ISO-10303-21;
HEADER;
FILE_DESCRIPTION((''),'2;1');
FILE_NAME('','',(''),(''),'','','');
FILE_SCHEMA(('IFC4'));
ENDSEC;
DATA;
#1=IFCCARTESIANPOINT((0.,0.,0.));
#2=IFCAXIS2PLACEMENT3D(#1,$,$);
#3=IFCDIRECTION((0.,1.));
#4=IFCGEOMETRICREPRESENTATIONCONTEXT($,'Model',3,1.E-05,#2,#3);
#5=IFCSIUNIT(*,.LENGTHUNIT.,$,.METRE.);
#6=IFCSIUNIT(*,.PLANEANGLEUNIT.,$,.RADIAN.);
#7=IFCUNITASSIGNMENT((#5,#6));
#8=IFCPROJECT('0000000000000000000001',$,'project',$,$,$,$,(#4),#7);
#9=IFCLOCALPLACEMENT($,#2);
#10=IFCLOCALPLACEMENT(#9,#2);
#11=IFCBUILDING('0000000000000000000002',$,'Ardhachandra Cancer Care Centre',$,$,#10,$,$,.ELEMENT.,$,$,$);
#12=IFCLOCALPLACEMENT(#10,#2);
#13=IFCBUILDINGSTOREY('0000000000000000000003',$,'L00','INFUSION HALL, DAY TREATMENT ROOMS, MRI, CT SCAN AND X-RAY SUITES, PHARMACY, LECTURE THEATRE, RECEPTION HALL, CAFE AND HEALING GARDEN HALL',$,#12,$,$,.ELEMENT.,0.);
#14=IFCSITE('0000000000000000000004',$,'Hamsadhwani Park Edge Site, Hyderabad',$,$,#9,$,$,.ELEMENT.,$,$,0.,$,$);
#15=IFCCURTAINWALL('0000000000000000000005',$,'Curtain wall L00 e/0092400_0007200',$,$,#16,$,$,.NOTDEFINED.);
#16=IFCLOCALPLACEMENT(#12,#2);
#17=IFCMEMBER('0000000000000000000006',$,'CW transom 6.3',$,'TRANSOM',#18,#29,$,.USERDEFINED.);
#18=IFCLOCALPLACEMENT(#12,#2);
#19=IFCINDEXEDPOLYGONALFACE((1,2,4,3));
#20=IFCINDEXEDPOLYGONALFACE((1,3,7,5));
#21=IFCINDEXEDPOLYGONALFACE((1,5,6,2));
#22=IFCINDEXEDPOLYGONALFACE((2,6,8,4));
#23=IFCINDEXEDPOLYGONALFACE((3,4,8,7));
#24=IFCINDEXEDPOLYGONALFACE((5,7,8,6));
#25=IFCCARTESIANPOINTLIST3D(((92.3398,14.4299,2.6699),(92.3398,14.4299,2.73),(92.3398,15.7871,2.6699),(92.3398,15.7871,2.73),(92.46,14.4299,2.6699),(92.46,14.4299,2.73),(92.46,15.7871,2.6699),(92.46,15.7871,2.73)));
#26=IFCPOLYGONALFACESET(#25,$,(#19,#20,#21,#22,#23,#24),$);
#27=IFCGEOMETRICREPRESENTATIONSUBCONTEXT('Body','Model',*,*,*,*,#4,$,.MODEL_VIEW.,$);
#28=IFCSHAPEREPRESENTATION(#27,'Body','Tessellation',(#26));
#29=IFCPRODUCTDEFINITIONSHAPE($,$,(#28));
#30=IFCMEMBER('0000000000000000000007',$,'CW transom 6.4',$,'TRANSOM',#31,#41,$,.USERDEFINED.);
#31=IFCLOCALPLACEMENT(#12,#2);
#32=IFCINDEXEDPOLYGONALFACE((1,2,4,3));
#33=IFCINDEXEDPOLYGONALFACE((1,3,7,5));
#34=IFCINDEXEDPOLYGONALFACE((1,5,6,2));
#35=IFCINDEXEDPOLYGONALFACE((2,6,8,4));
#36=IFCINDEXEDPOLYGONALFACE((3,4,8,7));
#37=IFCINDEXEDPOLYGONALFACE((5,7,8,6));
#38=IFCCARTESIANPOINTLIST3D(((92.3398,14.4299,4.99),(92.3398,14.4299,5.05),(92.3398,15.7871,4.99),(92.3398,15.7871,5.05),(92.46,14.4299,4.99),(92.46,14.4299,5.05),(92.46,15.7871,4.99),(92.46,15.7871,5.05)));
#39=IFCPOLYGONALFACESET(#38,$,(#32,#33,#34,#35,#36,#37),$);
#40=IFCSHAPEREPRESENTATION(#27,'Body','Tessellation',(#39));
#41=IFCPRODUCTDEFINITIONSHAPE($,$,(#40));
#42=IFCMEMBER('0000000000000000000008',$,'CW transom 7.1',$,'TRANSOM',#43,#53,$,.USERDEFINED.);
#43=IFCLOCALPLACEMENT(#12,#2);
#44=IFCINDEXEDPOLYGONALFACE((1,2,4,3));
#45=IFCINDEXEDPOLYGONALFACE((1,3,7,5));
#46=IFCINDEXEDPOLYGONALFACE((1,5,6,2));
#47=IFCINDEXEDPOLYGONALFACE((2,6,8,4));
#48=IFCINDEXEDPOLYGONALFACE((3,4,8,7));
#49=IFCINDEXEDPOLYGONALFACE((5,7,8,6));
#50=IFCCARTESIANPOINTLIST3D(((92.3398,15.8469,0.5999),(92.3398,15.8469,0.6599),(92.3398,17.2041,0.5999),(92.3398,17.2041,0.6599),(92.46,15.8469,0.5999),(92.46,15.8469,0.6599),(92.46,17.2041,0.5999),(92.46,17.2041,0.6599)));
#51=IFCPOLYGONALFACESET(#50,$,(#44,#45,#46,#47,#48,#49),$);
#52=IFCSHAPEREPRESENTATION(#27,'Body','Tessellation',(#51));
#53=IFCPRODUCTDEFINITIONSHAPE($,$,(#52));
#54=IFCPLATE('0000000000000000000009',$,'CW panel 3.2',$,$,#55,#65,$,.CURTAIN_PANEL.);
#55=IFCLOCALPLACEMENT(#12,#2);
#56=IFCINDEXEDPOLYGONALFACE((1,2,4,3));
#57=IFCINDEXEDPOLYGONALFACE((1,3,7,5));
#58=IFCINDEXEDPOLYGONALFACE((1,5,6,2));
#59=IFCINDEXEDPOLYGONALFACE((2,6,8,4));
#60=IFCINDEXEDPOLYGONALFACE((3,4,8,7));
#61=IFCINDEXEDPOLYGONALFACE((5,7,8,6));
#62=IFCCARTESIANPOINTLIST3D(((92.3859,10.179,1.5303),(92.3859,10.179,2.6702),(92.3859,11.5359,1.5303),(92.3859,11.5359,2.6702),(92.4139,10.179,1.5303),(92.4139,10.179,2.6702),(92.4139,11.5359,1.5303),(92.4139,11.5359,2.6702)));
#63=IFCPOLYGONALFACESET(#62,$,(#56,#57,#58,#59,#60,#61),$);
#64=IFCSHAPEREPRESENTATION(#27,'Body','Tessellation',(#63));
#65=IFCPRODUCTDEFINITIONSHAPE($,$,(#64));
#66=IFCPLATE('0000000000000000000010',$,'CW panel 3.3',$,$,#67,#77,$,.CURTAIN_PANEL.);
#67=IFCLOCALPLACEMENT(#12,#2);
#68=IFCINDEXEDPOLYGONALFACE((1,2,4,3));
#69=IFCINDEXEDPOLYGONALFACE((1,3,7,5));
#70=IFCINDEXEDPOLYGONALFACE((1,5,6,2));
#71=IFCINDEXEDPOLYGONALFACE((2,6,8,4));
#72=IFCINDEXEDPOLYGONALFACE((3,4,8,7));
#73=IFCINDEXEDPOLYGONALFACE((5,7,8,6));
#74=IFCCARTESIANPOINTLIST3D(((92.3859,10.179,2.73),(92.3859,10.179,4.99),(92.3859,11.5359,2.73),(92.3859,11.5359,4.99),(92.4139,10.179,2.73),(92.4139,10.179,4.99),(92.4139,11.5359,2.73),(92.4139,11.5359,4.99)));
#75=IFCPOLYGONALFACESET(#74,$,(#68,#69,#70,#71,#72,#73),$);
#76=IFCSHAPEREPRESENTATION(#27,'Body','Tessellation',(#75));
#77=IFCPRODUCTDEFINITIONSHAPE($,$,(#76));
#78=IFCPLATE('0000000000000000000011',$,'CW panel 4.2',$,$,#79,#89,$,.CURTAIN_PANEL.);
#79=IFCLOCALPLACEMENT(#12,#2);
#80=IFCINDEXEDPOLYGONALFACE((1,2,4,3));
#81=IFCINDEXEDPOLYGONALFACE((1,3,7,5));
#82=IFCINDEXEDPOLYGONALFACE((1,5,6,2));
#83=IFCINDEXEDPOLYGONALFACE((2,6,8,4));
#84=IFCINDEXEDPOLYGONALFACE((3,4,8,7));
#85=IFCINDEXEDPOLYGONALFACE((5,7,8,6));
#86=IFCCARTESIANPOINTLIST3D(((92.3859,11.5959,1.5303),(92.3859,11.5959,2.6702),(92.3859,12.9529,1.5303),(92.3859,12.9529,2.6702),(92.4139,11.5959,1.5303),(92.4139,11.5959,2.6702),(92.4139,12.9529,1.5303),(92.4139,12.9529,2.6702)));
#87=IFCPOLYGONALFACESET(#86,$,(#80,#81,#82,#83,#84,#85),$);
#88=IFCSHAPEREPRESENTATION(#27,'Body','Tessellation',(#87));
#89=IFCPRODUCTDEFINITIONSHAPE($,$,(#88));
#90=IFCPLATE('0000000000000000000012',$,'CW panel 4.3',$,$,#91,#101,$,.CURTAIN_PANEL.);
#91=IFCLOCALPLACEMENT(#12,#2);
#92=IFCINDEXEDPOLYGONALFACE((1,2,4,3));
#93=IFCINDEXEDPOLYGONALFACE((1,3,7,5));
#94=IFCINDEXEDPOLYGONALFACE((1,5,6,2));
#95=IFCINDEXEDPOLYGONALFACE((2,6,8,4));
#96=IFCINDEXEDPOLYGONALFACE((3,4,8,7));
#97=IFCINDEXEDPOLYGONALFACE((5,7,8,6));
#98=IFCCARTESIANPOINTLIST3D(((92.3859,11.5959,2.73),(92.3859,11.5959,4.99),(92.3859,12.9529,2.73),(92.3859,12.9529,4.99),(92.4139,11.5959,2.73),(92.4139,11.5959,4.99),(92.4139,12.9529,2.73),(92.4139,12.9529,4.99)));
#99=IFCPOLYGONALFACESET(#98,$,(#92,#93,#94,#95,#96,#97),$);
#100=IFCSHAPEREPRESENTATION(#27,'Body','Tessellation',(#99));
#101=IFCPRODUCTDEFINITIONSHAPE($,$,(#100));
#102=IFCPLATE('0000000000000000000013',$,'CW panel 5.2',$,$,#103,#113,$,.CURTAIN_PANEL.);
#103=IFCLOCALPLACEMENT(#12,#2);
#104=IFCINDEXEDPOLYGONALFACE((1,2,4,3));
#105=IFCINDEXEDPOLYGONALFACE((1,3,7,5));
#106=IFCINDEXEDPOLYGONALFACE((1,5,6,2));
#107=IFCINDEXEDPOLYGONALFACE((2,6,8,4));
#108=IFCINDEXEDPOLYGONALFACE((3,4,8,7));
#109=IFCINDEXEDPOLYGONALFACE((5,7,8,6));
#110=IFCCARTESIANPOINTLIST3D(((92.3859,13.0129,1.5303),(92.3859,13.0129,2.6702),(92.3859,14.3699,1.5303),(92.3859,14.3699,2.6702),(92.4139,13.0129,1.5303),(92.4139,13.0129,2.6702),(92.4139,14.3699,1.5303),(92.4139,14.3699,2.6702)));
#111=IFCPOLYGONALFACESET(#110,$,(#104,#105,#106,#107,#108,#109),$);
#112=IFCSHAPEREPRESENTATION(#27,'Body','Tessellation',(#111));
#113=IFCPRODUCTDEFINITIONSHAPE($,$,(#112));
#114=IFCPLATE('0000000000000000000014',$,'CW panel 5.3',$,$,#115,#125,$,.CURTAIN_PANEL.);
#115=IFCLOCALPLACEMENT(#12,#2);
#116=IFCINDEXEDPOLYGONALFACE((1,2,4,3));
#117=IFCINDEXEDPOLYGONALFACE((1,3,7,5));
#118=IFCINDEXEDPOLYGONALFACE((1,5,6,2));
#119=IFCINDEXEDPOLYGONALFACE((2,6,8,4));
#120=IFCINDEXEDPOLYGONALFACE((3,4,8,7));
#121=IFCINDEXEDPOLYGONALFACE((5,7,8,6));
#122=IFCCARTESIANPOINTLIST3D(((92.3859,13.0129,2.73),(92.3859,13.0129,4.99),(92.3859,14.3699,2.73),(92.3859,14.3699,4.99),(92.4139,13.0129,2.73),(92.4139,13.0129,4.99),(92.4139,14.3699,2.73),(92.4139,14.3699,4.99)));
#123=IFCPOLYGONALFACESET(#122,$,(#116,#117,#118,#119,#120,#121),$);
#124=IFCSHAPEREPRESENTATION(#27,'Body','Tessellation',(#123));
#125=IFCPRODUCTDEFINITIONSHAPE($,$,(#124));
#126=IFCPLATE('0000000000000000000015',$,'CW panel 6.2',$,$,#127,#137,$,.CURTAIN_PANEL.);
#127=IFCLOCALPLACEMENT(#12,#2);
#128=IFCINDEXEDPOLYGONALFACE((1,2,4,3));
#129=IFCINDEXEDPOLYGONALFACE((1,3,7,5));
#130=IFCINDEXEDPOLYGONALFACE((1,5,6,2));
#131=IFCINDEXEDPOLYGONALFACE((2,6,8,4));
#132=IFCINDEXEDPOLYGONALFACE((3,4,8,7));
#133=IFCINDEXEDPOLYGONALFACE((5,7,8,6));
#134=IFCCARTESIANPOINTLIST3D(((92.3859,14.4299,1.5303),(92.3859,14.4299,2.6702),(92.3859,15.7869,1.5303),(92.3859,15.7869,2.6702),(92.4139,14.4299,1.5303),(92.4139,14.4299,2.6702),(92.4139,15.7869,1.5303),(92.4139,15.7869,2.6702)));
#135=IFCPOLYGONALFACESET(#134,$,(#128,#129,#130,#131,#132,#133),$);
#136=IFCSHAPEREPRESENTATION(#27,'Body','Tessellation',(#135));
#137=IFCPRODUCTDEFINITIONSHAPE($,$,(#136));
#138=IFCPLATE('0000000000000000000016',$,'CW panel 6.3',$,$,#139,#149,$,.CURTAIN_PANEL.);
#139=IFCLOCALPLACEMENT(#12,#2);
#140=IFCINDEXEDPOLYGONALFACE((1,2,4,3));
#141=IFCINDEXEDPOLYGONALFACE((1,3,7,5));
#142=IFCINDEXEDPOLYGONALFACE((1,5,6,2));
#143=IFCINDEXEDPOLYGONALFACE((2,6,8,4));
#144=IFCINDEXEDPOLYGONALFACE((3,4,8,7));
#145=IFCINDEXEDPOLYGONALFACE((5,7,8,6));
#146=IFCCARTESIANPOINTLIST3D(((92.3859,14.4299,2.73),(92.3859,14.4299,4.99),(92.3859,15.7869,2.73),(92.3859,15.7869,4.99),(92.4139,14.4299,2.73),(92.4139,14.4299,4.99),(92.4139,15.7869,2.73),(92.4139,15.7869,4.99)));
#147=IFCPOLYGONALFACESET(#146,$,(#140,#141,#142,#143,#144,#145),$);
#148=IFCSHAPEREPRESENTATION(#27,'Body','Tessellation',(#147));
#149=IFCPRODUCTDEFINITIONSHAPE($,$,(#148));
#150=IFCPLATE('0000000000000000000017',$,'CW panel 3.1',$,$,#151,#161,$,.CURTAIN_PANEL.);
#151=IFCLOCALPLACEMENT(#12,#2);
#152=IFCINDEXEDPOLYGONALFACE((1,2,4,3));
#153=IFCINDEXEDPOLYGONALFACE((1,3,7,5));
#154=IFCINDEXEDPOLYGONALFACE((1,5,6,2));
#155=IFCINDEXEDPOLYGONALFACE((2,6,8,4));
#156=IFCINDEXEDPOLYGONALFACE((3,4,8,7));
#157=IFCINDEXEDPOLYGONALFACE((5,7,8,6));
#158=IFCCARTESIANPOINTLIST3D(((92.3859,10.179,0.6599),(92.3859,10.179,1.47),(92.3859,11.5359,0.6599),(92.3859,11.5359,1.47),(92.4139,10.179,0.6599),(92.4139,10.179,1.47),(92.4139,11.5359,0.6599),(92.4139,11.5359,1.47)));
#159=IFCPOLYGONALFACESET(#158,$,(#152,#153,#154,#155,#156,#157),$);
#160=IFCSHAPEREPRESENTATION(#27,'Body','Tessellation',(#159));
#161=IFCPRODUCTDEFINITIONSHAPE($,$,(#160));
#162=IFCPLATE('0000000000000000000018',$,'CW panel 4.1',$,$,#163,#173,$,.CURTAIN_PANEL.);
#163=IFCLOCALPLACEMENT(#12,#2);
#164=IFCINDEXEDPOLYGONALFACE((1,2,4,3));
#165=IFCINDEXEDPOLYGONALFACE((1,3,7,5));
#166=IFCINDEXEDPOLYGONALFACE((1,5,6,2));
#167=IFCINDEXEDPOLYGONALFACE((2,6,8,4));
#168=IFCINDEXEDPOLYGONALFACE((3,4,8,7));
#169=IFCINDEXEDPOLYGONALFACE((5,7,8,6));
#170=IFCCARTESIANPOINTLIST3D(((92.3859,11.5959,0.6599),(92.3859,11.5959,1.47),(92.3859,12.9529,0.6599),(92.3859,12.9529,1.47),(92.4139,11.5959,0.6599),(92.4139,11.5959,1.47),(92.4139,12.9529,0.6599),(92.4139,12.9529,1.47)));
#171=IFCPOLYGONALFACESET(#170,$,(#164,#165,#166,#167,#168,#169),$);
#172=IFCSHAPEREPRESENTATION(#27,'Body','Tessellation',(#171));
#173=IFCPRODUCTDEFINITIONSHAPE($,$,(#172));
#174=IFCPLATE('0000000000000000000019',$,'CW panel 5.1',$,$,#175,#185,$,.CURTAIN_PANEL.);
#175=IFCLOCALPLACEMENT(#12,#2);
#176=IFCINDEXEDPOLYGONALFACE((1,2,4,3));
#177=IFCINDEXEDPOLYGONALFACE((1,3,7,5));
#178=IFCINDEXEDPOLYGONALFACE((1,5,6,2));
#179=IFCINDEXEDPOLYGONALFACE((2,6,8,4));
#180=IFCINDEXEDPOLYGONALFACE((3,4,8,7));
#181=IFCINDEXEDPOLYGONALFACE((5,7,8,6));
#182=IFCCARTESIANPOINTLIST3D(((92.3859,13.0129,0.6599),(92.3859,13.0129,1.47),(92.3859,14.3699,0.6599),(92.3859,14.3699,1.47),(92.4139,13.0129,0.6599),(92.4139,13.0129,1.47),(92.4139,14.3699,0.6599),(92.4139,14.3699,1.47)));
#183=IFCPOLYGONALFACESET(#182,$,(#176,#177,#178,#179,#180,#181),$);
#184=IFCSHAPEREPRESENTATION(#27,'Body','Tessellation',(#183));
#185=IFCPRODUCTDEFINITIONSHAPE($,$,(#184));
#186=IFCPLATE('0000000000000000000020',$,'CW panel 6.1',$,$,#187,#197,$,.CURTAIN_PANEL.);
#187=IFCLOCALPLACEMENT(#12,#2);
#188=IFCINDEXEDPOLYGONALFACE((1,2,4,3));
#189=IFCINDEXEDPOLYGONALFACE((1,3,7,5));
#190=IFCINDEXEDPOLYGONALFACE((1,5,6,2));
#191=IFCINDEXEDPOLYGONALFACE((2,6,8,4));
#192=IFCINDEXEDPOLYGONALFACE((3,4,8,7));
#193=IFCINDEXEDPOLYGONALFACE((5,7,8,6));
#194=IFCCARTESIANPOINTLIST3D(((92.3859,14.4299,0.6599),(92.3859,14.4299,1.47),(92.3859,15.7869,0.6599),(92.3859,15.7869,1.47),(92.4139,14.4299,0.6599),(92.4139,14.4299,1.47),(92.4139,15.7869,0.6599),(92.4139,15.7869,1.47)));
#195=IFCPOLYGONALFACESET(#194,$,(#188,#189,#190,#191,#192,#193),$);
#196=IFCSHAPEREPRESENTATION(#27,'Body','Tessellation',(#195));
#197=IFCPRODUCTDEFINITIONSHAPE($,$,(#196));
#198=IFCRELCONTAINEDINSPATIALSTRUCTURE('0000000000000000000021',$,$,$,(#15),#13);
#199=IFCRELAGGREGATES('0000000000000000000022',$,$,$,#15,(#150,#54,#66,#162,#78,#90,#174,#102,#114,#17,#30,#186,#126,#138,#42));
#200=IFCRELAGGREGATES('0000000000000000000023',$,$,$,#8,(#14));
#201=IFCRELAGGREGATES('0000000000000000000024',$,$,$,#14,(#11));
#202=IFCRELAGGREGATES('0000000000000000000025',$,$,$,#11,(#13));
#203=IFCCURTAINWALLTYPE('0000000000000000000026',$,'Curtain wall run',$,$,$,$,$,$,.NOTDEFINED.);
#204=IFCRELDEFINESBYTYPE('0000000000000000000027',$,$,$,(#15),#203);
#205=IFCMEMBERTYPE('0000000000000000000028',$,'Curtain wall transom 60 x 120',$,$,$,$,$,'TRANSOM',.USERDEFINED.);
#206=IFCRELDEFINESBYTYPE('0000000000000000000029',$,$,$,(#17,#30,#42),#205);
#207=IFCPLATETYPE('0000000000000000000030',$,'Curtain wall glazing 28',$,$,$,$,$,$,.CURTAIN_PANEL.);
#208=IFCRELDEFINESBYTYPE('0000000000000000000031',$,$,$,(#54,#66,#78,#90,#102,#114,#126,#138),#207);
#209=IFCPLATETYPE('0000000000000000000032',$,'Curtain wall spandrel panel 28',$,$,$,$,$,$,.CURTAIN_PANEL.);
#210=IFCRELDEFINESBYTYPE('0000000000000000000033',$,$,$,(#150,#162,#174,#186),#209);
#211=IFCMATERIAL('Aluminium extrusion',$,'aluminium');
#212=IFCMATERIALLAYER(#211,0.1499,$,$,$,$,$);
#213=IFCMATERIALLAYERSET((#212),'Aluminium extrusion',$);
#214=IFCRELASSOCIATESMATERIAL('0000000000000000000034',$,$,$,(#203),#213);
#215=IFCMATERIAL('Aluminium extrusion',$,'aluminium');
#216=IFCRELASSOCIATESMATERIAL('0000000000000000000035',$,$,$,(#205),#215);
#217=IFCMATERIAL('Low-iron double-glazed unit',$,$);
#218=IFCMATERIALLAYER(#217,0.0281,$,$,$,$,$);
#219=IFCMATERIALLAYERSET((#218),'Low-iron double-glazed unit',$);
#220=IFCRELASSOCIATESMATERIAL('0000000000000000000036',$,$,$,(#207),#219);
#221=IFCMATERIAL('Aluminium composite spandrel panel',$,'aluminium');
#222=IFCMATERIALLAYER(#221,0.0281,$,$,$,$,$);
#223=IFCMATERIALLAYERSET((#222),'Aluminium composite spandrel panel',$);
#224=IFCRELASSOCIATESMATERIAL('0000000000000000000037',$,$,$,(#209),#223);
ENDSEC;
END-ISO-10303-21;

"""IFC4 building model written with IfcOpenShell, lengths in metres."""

from ifc_helpers import new_model, si_unit, direction, frame, origin, origin_2d, place, context, subcontext, project, spatial, rectangle, extrude, material, layer, layer_set, material_profile, profile_set, type_object, element, aggregate, save


model = new_model("IFC4")

# Units and contexts
model_context = context("Model", 3, precision=1e-05, world=origin(), true_north=direction((0.0, 1.0)))
body_context = subcontext(model_context, "Body", "Model", "MODEL_VIEW")
ifc_project = project(units=[si_unit("LENGTHUNIT", "METRE"), si_unit("PLANEANGLEUNIT", "RADIAN")], contexts=[model_context])

# Site, building, storey
site_placement = place(None, origin())
site = spatial("IfcSite", under=ifc_project, at=site_placement, Name="Hamsadhwani Park Edge Site, Hyderabad", CompositionType="ELEMENT", RefElevation=0.0)
building_placement = place(site_placement, origin())
building = spatial("IfcBuilding", under=site, at=building_placement, Name="Ardhachandra Cancer Care Centre", CompositionType="ELEMENT")
storey_placement = place(building_placement, origin())
storey = spatial("IfcBuildingStorey", under=building, at=storey_placement, Name="L00", Description="INFUSION HALL, DAY TREATMENT ROOMS, MRI, CT SCAN AND X-RAY SUITES, PHARMACY, LECTURE THEATRE, RECEPTION HALL, CAFE AND HEALING GARDEN HALL", CompositionType="ELEMENT", Elevation=0.0)

# Curtain wall, members, plates
ifc_material_1 = material(Name="Aluminium extrusion", Category="aluminium")
ifc_layer_1 = layer(ifc_material_1, 0.1499)
ifc_layer_set_1 = layer_set([ifc_layer_1], Name="Aluminium extrusion")
curtain_wall_type = type_object("IfcCurtainWallType", Name="Curtain wall run", PredefinedType="NOTDEFINED", material=ifc_layer_set_1)
curtain_wall_placement = place(storey_placement, origin())
curtain_wall = element("IfcCurtainWall", 1, at=curtain_wall_placement, inside=storey, type_object=curtain_wall_type, Name="Curtain wall L00 e/0092400_0007200", PredefinedType="NOTDEFINED")
ifc_material_2 = material(Name="Aluminium extrusion", Category="aluminium")
ifc_material_profile_1 = material_profile(ifc_material_2, rectangle(XDim=0.1201, YDim=0.0601, at=origin_2d()), Name="Curtain wall transom 60 x 120")
ifc_profile_set_1 = profile_set([ifc_material_profile_1], Name="Aluminium extrusion")
member_type_1 = type_object("IfcMemberType", Name="Curtain wall transom 60 x 120", ElementType="TRANSOM", PredefinedType="USERDEFINED", material=ifc_profile_set_1)
member_1_placement = place(storey_placement, frame((92.3999, 14.4299, 2.7), z_axis=(0.0, 1.0, 0.0), x_axis=(-1.0, 0.0, 0.0)))
member_1 = element("IfcMember", 2, at=member_1_placement, type_object=member_type_1, Name="CW transom 6.3", ObjectType="TRANSOM", PredefinedType="USERDEFINED", context=body_context, shape_type="SweptSolid", body=[
    extrude(rectangle(XDim=0.1201, YDim=0.0601, at=origin_2d()), origin(), (0.0, 0.0, 1.0), 1.3572),
])
member_2_placement = place(storey_placement, frame((92.3999, 14.4299, 5.02), z_axis=(0.0, 1.0, 0.0), x_axis=(-1.0, 0.0, 0.0)))
member_2 = element("IfcMember", 3, at=member_2_placement, type_object=member_type_1, Name="CW transom 6.4", ObjectType="TRANSOM", PredefinedType="USERDEFINED", context=body_context, shape_type="SweptSolid", body=[
    extrude(rectangle(XDim=0.1201, YDim=0.0601, at=origin_2d()), origin(), (0.0, 0.0, 1.0), 1.3572),
])
member_3_placement = place(storey_placement, frame((92.3999, 15.8469, 0.6299), z_axis=(0.0, 1.0, 0.0), x_axis=(-1.0, 0.0, 0.0)))
member_3 = element("IfcMember", 4, at=member_3_placement, type_object=member_type_1, Name="CW transom 7.1", ObjectType="TRANSOM", PredefinedType="USERDEFINED", context=body_context, shape_type="SweptSolid", body=[
    extrude(rectangle(XDim=0.1201, YDim=0.0601, at=origin_2d()), origin(), (0.0, 0.0, 1.0), 1.3572),
])
ifc_material_3 = material(Name="Low-iron double-glazed unit")
ifc_layer_2 = layer(ifc_material_3, 0.0281)
ifc_layer_set_2 = layer_set([ifc_layer_2], Name="Low-iron double-glazed unit")
plate_type_1 = type_object("IfcPlateType", Name="Curtain wall glazing 28", PredefinedType="CURTAIN_PANEL", material=ifc_layer_set_2)
plate_1_placement = place(storey_placement, frame((92.3999, 10.8574, 1.5303), z_axis=(0.0, 0.0, 1.0), x_axis=(0.0, 1.0, 0.0)))
plate_1 = element("IfcPlate", 5, at=plate_1_placement, type_object=plate_type_1, Name="CW panel 3.2", PredefinedType="CURTAIN_PANEL", context=body_context, shape_type="SweptSolid", body=[
    extrude(rectangle(XDim=1.3569, YDim=0.0281, at=origin_2d()), origin(), (0.0, 0.0, 1.0), 1.1399),
])
plate_2_placement = place(storey_placement, frame((92.3999, 10.8574, 2.73), z_axis=(0.0, 0.0, 1.0), x_axis=(0.0, 1.0, 0.0)))
plate_2 = element("IfcPlate", 6, at=plate_2_placement, type_object=plate_type_1, Name="CW panel 3.3", PredefinedType="CURTAIN_PANEL", context=body_context, shape_type="SweptSolid", body=[
    extrude(rectangle(XDim=1.3569, YDim=0.0281, at=origin_2d()), origin(), (0.0, 0.0, 1.0), 2.26),
])
plate_3_placement = place(storey_placement, frame((92.3999, 12.2744, 1.5303), z_axis=(0.0, 0.0, 1.0), x_axis=(0.0, 1.0, 0.0)))
plate_3 = element("IfcPlate", 7, at=plate_3_placement, type_object=plate_type_1, Name="CW panel 4.2", PredefinedType="CURTAIN_PANEL", context=body_context, shape_type="SweptSolid", body=[
    extrude(rectangle(XDim=1.3569, YDim=0.0281, at=origin_2d()), origin(), (0.0, 0.0, 1.0), 1.1399),
])
plate_4_placement = place(storey_placement, frame((92.3999, 12.2744, 2.73), z_axis=(0.0, 0.0, 1.0), x_axis=(0.0, 1.0, 0.0)))
plate_4 = element("IfcPlate", 8, at=plate_4_placement, type_object=plate_type_1, Name="CW panel 4.3", PredefinedType="CURTAIN_PANEL", context=body_context, shape_type="SweptSolid", body=[
    extrude(rectangle(XDim=1.3569, YDim=0.0281, at=origin_2d()), origin(), (0.0, 0.0, 1.0), 2.26),
])
plate_5_placement = place(storey_placement, frame((92.3999, 13.6914, 1.5303), z_axis=(0.0, 0.0, 1.0), x_axis=(0.0, 1.0, 0.0)))
plate_5 = element("IfcPlate", 9, at=plate_5_placement, type_object=plate_type_1, Name="CW panel 5.2", PredefinedType="CURTAIN_PANEL", context=body_context, shape_type="SweptSolid", body=[
    extrude(rectangle(XDim=1.3569, YDim=0.0281, at=origin_2d()), origin(), (0.0, 0.0, 1.0), 1.1399),
])
plate_6_placement = place(storey_placement, frame((92.3999, 13.6914, 2.73), z_axis=(0.0, 0.0, 1.0), x_axis=(0.0, 1.0, 0.0)))
plate_6 = element("IfcPlate", 10, at=plate_6_placement, type_object=plate_type_1, Name="CW panel 5.3", PredefinedType="CURTAIN_PANEL", context=body_context, shape_type="SweptSolid", body=[
    extrude(rectangle(XDim=1.3569, YDim=0.0281, at=origin_2d()), origin(), (0.0, 0.0, 1.0), 2.26),
])
plate_7_placement = place(storey_placement, frame((92.3999, 15.1084, 1.5303), z_axis=(0.0, 0.0, 1.0), x_axis=(0.0, 1.0, 0.0)))
plate_7 = element("IfcPlate", 11, at=plate_7_placement, type_object=plate_type_1, Name="CW panel 6.2", PredefinedType="CURTAIN_PANEL", context=body_context, shape_type="SweptSolid", body=[
    extrude(rectangle(XDim=1.3569, YDim=0.0281, at=origin_2d()), origin(), (0.0, 0.0, 1.0), 1.1399),
])
plate_8_placement = place(storey_placement, frame((92.3999, 15.1084, 2.73), z_axis=(0.0, 0.0, 1.0), x_axis=(0.0, 1.0, 0.0)))
plate_8 = element("IfcPlate", 12, at=plate_8_placement, type_object=plate_type_1, Name="CW panel 6.3", PredefinedType="CURTAIN_PANEL", context=body_context, shape_type="SweptSolid", body=[
    extrude(rectangle(XDim=1.3569, YDim=0.0281, at=origin_2d()), origin(), (0.0, 0.0, 1.0), 2.26),
])
ifc_material_4 = material(Name="Aluminium composite spandrel panel", Category="aluminium")
ifc_layer_3 = layer(ifc_material_4, 0.0281)
ifc_layer_set_3 = layer_set([ifc_layer_3], Name="Aluminium composite spandrel panel")
plate_type_2 = type_object("IfcPlateType", Name="Curtain wall spandrel panel 28", PredefinedType="CURTAIN_PANEL", material=ifc_layer_set_3)
plate_9_placement = place(storey_placement, frame((92.3999, 10.8574, 0.6599), z_axis=(0.0, 0.0, 1.0), x_axis=(0.0, 1.0, 0.0)))
plate_9 = element("IfcPlate", 13, at=plate_9_placement, type_object=plate_type_2, Name="CW panel 3.1", PredefinedType="CURTAIN_PANEL", context=body_context, shape_type="SweptSolid", body=[
    extrude(rectangle(XDim=1.3569, YDim=0.0281, at=origin_2d()), origin(), (0.0, 0.0, 1.0), 0.8101),
])
plate_10_placement = place(storey_placement, frame((92.3999, 12.2744, 0.6599), z_axis=(0.0, 0.0, 1.0), x_axis=(0.0, 1.0, 0.0)))
plate_10 = element("IfcPlate", 14, at=plate_10_placement, type_object=plate_type_2, Name="CW panel 4.1", PredefinedType="CURTAIN_PANEL", context=body_context, shape_type="SweptSolid", body=[
    extrude(rectangle(XDim=1.3569, YDim=0.0281, at=origin_2d()), origin(), (0.0, 0.0, 1.0), 0.8101),
])
plate_11_placement = place(storey_placement, frame((92.3999, 13.6914, 0.6599), z_axis=(0.0, 0.0, 1.0), x_axis=(0.0, 1.0, 0.0)))
plate_11 = element("IfcPlate", 15, at=plate_11_placement, type_object=plate_type_2, Name="CW panel 5.1", PredefinedType="CURTAIN_PANEL", context=body_context, shape_type="SweptSolid", body=[
    extrude(rectangle(XDim=1.3569, YDim=0.0281, at=origin_2d()), origin(), (0.0, 0.0, 1.0), 0.8101),
])
plate_12_placement = place(storey_placement, frame((92.3999, 15.1084, 0.6599), z_axis=(0.0, 0.0, 1.0), x_axis=(0.0, 1.0, 0.0)))
plate_12 = element("IfcPlate", 16, at=plate_12_placement, type_object=plate_type_2, Name="CW panel 6.1", PredefinedType="CURTAIN_PANEL", context=body_context, shape_type="SweptSolid", body=[
    extrude(rectangle(XDim=1.3569, YDim=0.0281, at=origin_2d()), origin(), (0.0, 0.0, 1.0), 0.8101),
])
aggregate(curtain_wall, [plate_9, plate_1, plate_2, plate_10, plate_3, plate_4, plate_11, plate_5, plate_6, member_1, member_2, plate_12, plate_7, plate_8, member_3])

save(model, "model.ifc")
